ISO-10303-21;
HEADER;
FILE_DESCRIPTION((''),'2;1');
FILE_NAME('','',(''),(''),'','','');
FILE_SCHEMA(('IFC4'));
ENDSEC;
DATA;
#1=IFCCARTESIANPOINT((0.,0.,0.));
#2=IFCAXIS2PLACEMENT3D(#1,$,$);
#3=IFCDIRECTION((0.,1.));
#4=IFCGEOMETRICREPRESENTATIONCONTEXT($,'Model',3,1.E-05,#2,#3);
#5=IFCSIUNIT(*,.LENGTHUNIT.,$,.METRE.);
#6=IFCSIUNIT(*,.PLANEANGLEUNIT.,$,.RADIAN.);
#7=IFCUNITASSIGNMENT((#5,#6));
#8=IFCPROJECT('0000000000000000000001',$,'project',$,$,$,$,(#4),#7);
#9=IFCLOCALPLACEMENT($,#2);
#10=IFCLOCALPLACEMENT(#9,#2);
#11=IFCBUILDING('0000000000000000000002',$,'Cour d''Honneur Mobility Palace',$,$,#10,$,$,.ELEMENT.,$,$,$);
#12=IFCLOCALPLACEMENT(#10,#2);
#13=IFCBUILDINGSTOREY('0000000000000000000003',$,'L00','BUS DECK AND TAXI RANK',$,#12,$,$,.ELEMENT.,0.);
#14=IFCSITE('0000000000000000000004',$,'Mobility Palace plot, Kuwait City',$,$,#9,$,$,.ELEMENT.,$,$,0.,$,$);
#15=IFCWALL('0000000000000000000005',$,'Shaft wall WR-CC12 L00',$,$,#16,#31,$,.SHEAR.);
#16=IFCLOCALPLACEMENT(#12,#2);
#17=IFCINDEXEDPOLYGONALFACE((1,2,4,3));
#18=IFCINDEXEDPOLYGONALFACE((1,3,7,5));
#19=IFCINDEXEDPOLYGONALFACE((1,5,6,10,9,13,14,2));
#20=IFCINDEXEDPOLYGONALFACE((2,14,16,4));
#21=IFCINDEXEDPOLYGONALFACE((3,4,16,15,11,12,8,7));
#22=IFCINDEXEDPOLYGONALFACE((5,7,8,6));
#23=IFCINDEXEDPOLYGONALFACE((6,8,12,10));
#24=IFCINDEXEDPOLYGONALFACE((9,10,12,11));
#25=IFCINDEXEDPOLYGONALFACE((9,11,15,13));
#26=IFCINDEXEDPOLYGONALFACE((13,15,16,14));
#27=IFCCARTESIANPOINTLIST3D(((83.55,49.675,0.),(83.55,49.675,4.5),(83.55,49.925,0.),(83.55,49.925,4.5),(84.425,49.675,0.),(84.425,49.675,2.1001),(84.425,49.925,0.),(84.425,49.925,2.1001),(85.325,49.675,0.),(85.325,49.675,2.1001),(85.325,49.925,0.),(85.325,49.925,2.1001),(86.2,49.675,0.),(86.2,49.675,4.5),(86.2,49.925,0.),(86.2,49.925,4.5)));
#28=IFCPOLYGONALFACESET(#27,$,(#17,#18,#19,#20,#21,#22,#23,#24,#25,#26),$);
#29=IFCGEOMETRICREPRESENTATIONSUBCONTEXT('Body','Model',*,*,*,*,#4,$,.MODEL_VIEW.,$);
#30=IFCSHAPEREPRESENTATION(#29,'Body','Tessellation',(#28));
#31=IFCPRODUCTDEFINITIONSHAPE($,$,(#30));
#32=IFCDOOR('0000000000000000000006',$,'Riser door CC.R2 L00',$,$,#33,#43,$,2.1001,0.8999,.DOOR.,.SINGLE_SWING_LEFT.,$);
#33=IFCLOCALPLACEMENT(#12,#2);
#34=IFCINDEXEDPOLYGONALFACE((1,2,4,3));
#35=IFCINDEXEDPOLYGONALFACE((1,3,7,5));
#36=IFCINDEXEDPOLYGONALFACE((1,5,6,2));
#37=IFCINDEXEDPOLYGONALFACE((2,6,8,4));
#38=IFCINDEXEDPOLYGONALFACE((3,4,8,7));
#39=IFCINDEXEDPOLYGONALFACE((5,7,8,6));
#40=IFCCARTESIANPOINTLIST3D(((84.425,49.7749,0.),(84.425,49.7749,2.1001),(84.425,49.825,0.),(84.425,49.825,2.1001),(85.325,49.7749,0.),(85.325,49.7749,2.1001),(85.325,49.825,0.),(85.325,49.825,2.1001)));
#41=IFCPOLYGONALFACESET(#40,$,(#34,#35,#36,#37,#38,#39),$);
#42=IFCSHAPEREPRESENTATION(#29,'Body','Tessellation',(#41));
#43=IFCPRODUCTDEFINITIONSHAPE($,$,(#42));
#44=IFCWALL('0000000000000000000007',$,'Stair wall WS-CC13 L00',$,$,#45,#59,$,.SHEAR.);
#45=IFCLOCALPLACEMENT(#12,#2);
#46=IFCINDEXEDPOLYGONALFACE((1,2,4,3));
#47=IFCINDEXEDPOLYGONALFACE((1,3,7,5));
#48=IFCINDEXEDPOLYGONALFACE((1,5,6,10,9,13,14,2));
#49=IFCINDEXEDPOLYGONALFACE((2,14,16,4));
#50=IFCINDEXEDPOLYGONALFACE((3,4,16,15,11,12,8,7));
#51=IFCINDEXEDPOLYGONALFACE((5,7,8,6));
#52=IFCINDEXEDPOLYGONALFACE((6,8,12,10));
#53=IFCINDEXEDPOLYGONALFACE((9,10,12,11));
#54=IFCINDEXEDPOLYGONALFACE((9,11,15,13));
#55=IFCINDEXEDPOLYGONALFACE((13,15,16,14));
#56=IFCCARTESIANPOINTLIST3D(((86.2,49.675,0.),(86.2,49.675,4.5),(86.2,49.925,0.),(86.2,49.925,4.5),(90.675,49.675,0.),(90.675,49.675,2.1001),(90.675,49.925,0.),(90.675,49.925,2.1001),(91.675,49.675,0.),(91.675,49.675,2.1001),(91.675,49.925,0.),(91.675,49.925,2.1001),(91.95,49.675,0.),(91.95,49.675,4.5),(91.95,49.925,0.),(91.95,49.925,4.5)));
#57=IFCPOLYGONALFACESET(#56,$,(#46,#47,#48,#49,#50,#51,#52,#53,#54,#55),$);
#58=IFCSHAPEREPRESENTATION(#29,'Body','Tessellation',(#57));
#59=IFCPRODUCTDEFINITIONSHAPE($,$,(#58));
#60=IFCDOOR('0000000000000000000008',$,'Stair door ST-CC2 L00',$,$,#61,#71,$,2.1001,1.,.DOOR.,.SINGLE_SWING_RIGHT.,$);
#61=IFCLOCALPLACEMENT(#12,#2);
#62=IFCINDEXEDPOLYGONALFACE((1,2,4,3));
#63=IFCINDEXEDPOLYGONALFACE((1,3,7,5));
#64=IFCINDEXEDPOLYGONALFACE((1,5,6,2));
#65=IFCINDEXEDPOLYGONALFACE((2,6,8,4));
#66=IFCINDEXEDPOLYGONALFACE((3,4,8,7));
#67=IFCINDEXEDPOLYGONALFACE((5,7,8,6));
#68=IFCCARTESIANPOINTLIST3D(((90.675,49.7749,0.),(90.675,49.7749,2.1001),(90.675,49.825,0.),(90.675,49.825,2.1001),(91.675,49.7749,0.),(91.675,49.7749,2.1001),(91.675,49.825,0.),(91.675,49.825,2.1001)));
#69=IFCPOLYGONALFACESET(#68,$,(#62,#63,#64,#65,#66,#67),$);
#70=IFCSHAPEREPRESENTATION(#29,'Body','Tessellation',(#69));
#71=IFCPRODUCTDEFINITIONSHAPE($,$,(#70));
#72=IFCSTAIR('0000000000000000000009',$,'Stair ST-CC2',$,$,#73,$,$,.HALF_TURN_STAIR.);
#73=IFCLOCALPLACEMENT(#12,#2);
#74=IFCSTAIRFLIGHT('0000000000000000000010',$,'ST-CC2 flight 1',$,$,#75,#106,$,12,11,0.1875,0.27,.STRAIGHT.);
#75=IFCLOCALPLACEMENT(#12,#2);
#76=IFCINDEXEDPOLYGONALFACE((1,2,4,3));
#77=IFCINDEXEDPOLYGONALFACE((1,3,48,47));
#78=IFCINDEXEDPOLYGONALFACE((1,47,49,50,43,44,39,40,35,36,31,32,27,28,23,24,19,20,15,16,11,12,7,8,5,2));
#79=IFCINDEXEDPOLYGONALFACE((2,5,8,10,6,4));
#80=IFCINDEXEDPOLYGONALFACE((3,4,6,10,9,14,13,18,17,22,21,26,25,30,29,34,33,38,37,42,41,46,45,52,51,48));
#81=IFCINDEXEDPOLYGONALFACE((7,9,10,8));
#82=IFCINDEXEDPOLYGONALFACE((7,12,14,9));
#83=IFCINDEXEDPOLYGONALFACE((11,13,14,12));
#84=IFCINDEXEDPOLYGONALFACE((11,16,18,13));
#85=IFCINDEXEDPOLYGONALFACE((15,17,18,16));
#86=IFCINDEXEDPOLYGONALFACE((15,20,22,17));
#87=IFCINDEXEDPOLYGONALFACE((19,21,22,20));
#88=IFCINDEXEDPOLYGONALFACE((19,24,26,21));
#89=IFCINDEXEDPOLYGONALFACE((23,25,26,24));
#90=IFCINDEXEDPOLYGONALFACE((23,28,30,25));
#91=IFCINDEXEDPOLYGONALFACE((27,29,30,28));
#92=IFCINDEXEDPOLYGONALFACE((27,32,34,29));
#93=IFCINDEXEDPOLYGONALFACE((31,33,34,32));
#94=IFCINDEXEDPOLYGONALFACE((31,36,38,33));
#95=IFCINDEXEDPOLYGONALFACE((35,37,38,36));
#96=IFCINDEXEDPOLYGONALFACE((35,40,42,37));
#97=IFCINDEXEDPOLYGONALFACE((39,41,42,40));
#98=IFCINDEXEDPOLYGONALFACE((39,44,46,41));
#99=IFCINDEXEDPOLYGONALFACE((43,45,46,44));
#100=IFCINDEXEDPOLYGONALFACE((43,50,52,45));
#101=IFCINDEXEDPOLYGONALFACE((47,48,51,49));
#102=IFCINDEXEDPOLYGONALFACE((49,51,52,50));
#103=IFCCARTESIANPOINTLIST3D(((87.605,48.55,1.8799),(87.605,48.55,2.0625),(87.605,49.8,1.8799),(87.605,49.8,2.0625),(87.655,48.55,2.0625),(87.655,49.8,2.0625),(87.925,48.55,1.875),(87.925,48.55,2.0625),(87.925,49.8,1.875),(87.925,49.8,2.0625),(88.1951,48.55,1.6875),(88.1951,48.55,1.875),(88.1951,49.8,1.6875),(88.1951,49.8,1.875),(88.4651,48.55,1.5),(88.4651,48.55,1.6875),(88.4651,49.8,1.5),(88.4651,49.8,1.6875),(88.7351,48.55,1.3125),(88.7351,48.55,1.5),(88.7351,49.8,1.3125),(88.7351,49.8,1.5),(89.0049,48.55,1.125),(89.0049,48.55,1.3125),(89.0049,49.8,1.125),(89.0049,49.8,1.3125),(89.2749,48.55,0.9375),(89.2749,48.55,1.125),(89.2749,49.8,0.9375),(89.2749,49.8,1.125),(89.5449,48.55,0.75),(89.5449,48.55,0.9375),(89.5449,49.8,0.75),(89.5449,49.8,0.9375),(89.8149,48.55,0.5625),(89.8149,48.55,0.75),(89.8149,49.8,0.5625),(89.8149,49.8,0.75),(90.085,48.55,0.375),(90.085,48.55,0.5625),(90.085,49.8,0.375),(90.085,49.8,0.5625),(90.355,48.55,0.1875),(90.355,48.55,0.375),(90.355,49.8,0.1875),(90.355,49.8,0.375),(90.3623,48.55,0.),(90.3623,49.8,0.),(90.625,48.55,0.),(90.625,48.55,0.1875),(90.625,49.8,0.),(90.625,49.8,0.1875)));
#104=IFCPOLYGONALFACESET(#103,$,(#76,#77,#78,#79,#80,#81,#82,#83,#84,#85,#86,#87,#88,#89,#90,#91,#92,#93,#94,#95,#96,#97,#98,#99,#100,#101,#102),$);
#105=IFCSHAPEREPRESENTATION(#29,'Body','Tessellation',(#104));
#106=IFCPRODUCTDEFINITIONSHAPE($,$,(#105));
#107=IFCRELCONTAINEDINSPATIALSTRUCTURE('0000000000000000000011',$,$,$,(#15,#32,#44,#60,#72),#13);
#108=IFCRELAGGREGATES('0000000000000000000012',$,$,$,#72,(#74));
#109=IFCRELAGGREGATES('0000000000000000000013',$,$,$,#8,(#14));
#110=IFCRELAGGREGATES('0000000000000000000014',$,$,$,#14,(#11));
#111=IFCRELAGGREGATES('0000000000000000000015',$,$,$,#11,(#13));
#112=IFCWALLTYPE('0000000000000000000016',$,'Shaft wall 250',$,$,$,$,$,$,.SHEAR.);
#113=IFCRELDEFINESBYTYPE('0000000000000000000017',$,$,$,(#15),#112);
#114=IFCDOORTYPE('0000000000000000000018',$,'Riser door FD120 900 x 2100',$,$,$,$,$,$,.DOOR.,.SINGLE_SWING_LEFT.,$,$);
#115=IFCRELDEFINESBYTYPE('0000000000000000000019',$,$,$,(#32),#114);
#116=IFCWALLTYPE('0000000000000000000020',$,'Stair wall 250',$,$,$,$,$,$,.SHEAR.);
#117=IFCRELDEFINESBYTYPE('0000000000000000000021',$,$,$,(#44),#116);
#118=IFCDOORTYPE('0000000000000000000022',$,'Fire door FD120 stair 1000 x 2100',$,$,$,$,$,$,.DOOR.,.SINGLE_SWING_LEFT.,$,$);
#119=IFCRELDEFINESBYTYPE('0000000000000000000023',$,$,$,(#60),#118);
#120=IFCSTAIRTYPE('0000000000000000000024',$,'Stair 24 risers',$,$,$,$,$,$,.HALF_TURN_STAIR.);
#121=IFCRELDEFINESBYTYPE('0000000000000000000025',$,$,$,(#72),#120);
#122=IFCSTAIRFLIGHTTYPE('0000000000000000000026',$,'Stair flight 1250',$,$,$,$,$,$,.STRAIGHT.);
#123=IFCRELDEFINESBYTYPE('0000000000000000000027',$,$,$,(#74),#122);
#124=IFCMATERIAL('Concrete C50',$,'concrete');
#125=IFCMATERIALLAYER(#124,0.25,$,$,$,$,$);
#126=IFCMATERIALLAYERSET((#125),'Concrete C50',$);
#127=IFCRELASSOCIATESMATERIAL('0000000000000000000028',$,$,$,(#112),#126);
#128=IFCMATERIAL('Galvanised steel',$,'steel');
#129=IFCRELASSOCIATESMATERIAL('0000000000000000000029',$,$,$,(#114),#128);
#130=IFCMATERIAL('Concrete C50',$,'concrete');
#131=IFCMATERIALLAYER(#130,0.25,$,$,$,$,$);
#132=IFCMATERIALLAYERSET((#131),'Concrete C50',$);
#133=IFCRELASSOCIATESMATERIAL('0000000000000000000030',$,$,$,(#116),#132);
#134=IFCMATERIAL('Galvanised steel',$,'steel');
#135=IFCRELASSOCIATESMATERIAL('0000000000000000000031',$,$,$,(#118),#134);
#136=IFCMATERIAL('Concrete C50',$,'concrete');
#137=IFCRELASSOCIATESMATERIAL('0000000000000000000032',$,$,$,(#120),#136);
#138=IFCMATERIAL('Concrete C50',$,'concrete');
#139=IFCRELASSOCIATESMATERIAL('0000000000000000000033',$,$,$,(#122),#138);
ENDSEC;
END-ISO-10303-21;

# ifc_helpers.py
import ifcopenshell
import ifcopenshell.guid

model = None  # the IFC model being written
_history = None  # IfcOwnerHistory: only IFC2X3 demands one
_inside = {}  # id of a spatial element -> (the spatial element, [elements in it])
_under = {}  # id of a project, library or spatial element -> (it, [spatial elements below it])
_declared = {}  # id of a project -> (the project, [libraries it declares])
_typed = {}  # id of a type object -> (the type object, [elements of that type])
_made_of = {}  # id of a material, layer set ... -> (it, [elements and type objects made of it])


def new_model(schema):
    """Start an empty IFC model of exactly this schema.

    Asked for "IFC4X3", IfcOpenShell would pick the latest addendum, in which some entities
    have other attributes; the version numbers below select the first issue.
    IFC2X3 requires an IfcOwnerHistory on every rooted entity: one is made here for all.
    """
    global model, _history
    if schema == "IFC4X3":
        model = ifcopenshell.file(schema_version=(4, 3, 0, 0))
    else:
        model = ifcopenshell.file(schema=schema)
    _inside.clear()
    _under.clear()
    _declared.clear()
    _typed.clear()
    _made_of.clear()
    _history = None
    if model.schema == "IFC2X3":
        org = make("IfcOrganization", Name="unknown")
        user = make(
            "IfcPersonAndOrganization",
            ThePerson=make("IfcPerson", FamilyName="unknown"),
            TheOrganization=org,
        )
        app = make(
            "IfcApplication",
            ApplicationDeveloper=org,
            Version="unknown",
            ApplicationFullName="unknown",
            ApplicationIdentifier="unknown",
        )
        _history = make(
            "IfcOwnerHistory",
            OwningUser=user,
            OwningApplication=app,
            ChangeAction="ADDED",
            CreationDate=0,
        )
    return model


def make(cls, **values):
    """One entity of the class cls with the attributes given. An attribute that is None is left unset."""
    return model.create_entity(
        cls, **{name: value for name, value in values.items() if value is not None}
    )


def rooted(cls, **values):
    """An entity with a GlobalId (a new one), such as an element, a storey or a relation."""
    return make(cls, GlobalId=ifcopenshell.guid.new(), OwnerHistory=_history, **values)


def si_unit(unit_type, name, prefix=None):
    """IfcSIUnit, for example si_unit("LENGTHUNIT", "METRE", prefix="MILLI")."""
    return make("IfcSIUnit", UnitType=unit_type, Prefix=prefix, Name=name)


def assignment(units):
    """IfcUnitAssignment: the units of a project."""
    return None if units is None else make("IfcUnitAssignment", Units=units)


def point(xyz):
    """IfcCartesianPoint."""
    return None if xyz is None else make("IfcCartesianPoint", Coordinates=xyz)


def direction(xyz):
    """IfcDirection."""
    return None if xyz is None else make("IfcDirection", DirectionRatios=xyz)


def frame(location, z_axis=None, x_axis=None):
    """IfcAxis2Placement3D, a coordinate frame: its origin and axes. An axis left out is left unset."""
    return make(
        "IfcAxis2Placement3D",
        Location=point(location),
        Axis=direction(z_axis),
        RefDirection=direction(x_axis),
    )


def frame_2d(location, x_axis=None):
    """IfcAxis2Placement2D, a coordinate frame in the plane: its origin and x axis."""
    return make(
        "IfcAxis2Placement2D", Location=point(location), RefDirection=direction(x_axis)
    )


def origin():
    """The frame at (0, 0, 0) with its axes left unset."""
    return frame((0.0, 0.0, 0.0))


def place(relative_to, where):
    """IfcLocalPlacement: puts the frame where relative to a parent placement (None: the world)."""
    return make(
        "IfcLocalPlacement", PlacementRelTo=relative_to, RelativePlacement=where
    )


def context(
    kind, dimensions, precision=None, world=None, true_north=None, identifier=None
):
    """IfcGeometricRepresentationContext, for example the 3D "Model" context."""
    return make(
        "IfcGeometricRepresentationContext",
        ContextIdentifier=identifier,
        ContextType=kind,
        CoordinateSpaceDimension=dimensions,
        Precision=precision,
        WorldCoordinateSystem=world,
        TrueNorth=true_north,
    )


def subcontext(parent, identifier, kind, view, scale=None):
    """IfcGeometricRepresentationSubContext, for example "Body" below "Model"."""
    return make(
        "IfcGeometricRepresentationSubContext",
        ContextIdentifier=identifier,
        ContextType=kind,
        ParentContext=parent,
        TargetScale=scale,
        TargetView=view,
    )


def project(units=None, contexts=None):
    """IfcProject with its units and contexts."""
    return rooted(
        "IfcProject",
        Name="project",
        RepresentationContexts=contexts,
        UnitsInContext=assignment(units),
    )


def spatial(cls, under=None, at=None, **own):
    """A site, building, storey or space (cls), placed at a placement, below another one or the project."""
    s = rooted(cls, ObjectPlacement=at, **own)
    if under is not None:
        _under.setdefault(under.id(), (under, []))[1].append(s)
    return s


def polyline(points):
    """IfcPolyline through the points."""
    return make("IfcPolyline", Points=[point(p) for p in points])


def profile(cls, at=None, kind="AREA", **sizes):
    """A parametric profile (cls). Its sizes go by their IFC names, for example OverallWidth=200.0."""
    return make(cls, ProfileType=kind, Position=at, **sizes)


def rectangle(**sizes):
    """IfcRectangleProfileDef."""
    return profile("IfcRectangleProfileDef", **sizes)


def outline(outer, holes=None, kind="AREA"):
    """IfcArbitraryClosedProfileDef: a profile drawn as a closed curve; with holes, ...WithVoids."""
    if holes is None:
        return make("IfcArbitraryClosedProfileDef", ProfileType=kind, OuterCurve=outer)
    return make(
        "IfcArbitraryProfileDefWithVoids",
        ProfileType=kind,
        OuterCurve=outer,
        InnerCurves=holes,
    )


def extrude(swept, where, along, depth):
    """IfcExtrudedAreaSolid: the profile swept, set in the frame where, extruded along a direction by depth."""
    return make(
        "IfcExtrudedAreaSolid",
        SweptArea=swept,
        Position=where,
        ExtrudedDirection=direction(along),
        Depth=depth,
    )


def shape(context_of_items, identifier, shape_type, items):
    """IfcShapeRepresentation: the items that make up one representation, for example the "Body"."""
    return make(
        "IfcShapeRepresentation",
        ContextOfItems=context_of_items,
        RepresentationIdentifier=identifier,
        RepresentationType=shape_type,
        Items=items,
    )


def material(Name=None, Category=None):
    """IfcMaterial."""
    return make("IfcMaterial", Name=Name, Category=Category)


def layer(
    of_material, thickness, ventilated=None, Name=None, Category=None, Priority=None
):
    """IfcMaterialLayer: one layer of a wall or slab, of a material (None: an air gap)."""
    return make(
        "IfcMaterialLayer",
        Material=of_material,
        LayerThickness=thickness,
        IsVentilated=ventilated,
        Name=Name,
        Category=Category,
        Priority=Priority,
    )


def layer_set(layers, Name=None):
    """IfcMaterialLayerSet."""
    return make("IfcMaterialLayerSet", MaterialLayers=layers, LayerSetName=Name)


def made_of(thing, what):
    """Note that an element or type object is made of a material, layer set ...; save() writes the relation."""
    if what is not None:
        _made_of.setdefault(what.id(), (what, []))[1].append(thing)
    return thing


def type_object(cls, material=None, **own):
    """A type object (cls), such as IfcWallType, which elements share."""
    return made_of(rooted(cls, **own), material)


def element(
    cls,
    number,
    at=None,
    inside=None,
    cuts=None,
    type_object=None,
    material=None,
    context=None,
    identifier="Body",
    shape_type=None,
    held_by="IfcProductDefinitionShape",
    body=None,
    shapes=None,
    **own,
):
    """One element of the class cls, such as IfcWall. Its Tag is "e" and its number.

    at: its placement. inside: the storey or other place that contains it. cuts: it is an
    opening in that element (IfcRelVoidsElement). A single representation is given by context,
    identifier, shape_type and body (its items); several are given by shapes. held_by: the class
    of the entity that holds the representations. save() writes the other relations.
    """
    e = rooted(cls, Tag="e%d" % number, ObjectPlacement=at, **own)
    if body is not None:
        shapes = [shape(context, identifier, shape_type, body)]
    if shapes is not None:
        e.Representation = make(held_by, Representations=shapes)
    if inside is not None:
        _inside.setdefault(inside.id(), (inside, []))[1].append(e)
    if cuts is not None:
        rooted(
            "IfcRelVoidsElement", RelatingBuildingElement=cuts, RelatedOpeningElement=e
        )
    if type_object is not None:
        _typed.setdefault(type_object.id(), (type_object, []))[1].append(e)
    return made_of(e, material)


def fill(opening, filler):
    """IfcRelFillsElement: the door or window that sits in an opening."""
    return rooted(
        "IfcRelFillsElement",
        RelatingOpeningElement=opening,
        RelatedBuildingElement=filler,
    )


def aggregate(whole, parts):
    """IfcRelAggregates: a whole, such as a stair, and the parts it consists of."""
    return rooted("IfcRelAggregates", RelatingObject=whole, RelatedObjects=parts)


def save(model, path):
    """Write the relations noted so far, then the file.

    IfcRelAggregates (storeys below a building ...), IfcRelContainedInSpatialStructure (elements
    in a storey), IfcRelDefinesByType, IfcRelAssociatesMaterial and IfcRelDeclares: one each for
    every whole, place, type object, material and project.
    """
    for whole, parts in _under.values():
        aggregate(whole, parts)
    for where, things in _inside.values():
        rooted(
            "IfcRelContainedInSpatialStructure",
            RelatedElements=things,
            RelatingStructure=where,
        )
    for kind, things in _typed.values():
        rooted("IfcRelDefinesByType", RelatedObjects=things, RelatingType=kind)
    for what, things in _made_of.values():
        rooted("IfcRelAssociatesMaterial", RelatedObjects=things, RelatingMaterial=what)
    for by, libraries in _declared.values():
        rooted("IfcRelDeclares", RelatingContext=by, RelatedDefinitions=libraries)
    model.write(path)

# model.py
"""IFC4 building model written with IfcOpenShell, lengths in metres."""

from ifc_helpers import new_model, si_unit, direction, frame, frame_2d, origin, place, context, subcontext, project, spatial, polyline, rectangle, outline, extrude, material, layer, layer_set, type_object, element, fill, aggregate, save


model = new_model("IFC4")

# Units and contexts
model_context = context("Model", 3, precision=1e-05, world=origin(), true_north=direction((0.0, 1.0)))
body_context = subcontext(model_context, "Body", "Model", "MODEL_VIEW")
ifc_project = project(units=[si_unit("LENGTHUNIT", "METRE"), si_unit("PLANEANGLEUNIT", "RADIAN")], contexts=[model_context])

# Site, building, storey
site_placement = place(None, origin())
site = spatial("IfcSite", under=ifc_project, at=site_placement, Name="Mobility Palace plot, Kuwait City", CompositionType="ELEMENT", RefElevation=0.0)
building_placement = place(site_placement, origin())
building = spatial("IfcBuilding", under=site, at=building_placement, Name="Cour d'Honneur Mobility Palace", CompositionType="ELEMENT")
storey_placement = place(building_placement, origin())
storey = spatial("IfcBuildingStorey", under=building, at=storey_placement, Name="L00", Description="BUS DECK AND TAXI RANK", CompositionType="ELEMENT", Elevation=0.0)

# Walls, openings, doors
ifc_material_1 = material(Name="Concrete C50", Category="concrete")
ifc_layer_1 = layer(ifc_material_1, 0.25)
ifc_layer_set_1 = layer_set([ifc_layer_1], Name="Concrete C50")
wall_type_1 = type_object("IfcWallType", Name="Shaft wall 250", PredefinedType="SHEAR", material=ifc_layer_set_1)
wall_1_placement = place(storey_placement, frame((83.55, 49.8, 0.0), z_axis=(0.0, 0.0, 1.0), x_axis=(1.0, 0.0, 0.0)))
wall_1 = element("IfcWall", 1, at=wall_1_placement, inside=storey, type_object=wall_type_1, Name="Shaft wall WR-CC12 L00", PredefinedType="SHEAR", context=body_context, shape_type="SweptSolid", body=[
    extrude(rectangle(XDim=2.6499, YDim=0.25, at=frame_2d((1.325, 0.0))), origin(), (0.0, 0.0, 1.0), 4.5),
])
opening_1_placement = place(wall_1_placement, frame((0.875, 0.0, 0.0)))
opening_1 = element("IfcOpeningElement", 2, at=opening_1_placement, cuts=wall_1, PredefinedType="OPENING", context=body_context, shape_type="SweptSolid", body=[
    extrude(rectangle(XDim=0.8999, YDim=2.1001, at=frame_2d((0.45, 1.05))), frame((0.0, 0.135, 0.0), z_axis=(0.0, -1.0, 0.0), x_axis=(1.0, 0.0, 0.0)), (0.0, 0.0, 1.0), 0.27),
])
ifc_material_2 = material(Name="Galvanised steel", Category="steel")
door_type_1 = type_object("IfcDoorType", Name="Riser door FD120 900 x 2100", OperationType="SINGLE_SWING_LEFT", PredefinedType="DOOR", material=ifc_material_2)
door_1_placement = place(opening_1_placement, origin())
door_1 = element("IfcDoor", 3, at=door_1_placement, inside=storey, type_object=door_type_1, Name="Riser door CC.R2 L00", OperationType="SINGLE_SWING_LEFT", OverallHeight=2.1001, OverallWidth=0.8999, PredefinedType="DOOR", context=body_context, shape_type="SweptSolid", body=[
    extrude(rectangle(XDim=0.8999, YDim=2.1001, at=frame_2d((0.45, 1.05))), frame((0.0, 0.0249, 0.0), z_axis=(0.0, -1.0, 0.0), x_axis=(1.0, 0.0, 0.0)), (0.0, 0.0, 1.0), 0.05),
])
fill(opening_1, door_1)
ifc_material_3 = material(Name="Concrete C50", Category="concrete")
ifc_layer_2 = layer(ifc_material_3, 0.25)
ifc_layer_set_2 = layer_set([ifc_layer_2], Name="Concrete C50")
wall_type_2 = type_object("IfcWallType", Name="Stair wall 250", PredefinedType="SHEAR", material=ifc_layer_set_2)
wall_2_placement = place(storey_placement, frame((86.2, 49.8, 0.0), z_axis=(0.0, 0.0, 1.0), x_axis=(1.0, 0.0, 0.0)))
wall_2 = element("IfcWall", 4, at=wall_2_placement, inside=storey, type_object=wall_type_2, Name="Stair wall WS-CC13 L00", PredefinedType="SHEAR", context=body_context, shape_type="SweptSolid", body=[
    extrude(rectangle(XDim=5.75, YDim=0.25, at=frame_2d((2.875, 0.0))), origin(), (0.0, 0.0, 1.0), 4.5),
])
opening_2_placement = place(wall_2_placement, frame((4.4751, 0.0, 0.0)))
opening_2 = element("IfcOpeningElement", 5, at=opening_2_placement, cuts=wall_2, PredefinedType="OPENING", context=body_context, shape_type="SweptSolid", body=[
    extrude(rectangle(XDim=1.0, YDim=2.1001, at=frame_2d((0.5, 1.05))), frame((0.0, 0.135, 0.0), z_axis=(0.0, -1.0, 0.0), x_axis=(1.0, 0.0, 0.0)), (0.0, 0.0, 1.0), 0.27),
])
ifc_material_4 = material(Name="Galvanised steel", Category="steel")
door_type_2 = type_object("IfcDoorType", Name="Fire door FD120 stair 1000 x 2100", OperationType="SINGLE_SWING_LEFT", PredefinedType="DOOR", material=ifc_material_4)
door_2_placement = place(opening_2_placement, origin())
door_2 = element("IfcDoor", 6, at=door_2_placement, inside=storey, type_object=door_type_2, Name="Stair door ST-CC2 L00", OperationType="SINGLE_SWING_RIGHT", OverallHeight=2.1001, OverallWidth=1.0, PredefinedType="DOOR", context=body_context, shape_type="SweptSolid", body=[
    extrude(rectangle(XDim=1.0, YDim=2.1001, at=frame_2d((0.5, 1.05))), frame((0.0, 0.0249, 0.0), z_axis=(0.0, -1.0, 0.0), x_axis=(1.0, 0.0, 0.0)), (0.0, 0.0, 1.0), 0.05),
])
fill(opening_2, door_2)

# Stair, stair flight
ifc_material_5 = material(Name="Concrete C50", Category="concrete")
stair_type = type_object("IfcStairType", Name="Stair 24 risers", PredefinedType="HALF_TURN_STAIR", material=ifc_material_5)
stair_placement = place(storey_placement, origin())
stair = element("IfcStair", 7, at=stair_placement, inside=storey, type_object=stair_type, Name="Stair ST-CC2", PredefinedType="HALF_TURN_STAIR")
ifc_material_6 = material(Name="Concrete C50", Category="concrete")
stair_flight_type = type_object("IfcStairFlightType", Name="Stair flight 1250", PredefinedType="STRAIGHT", material=ifc_material_6)
stair_flight_placement = place(storey_placement, frame((90.625, 49.175, 0.0), z_axis=(0.0, 0.0, 1.0), x_axis=(-1.0, 0.0, 0.0)))
stair_flight = element("IfcStairFlight", 8, at=stair_flight_placement, type_object=stair_flight_type, Name="ST-CC2 flight 1", NumberOfRisers=12, NumberOfTreads=11, PredefinedType="STRAIGHT", RiserHeight=0.1875, TreadLength=0.27, context=body_context, shape_type="SweptSolid", body=[
    extrude(outline(polyline([(0.0, 0.0), (0.0, 0.1875), (0.27, 0.1875), (0.27, 0.375), (0.54, 0.375), (0.54, 0.5625), (0.8101, 0.5625), (0.8101, 0.75), (1.0801, 0.75), (1.0801, 0.9375), (1.3501, 0.9375), (1.3501, 1.125), (1.6201, 1.125), (1.6201, 1.3125), (1.8899, 1.3125), (1.8899, 1.5), (2.1599, 1.5), (2.1599, 1.6875), (2.4299, 1.6875), (2.4299, 1.875), (2.7, 1.875), (2.7, 2.0625), (2.97, 2.0625), (3.02, 2.0625), (3.02, 1.8799), (0.2627, 0.0), (0.0, 0.0)])), frame((0.0, 0.625, 0.0), z_axis=(0.0, -1.0, 0.0), x_axis=(1.0, 0.0, 0.0)), (0.0, 0.0, 1.0), 1.25),
])
aggregate(stair, [stair_flight])

save(model, "model.ifc")
